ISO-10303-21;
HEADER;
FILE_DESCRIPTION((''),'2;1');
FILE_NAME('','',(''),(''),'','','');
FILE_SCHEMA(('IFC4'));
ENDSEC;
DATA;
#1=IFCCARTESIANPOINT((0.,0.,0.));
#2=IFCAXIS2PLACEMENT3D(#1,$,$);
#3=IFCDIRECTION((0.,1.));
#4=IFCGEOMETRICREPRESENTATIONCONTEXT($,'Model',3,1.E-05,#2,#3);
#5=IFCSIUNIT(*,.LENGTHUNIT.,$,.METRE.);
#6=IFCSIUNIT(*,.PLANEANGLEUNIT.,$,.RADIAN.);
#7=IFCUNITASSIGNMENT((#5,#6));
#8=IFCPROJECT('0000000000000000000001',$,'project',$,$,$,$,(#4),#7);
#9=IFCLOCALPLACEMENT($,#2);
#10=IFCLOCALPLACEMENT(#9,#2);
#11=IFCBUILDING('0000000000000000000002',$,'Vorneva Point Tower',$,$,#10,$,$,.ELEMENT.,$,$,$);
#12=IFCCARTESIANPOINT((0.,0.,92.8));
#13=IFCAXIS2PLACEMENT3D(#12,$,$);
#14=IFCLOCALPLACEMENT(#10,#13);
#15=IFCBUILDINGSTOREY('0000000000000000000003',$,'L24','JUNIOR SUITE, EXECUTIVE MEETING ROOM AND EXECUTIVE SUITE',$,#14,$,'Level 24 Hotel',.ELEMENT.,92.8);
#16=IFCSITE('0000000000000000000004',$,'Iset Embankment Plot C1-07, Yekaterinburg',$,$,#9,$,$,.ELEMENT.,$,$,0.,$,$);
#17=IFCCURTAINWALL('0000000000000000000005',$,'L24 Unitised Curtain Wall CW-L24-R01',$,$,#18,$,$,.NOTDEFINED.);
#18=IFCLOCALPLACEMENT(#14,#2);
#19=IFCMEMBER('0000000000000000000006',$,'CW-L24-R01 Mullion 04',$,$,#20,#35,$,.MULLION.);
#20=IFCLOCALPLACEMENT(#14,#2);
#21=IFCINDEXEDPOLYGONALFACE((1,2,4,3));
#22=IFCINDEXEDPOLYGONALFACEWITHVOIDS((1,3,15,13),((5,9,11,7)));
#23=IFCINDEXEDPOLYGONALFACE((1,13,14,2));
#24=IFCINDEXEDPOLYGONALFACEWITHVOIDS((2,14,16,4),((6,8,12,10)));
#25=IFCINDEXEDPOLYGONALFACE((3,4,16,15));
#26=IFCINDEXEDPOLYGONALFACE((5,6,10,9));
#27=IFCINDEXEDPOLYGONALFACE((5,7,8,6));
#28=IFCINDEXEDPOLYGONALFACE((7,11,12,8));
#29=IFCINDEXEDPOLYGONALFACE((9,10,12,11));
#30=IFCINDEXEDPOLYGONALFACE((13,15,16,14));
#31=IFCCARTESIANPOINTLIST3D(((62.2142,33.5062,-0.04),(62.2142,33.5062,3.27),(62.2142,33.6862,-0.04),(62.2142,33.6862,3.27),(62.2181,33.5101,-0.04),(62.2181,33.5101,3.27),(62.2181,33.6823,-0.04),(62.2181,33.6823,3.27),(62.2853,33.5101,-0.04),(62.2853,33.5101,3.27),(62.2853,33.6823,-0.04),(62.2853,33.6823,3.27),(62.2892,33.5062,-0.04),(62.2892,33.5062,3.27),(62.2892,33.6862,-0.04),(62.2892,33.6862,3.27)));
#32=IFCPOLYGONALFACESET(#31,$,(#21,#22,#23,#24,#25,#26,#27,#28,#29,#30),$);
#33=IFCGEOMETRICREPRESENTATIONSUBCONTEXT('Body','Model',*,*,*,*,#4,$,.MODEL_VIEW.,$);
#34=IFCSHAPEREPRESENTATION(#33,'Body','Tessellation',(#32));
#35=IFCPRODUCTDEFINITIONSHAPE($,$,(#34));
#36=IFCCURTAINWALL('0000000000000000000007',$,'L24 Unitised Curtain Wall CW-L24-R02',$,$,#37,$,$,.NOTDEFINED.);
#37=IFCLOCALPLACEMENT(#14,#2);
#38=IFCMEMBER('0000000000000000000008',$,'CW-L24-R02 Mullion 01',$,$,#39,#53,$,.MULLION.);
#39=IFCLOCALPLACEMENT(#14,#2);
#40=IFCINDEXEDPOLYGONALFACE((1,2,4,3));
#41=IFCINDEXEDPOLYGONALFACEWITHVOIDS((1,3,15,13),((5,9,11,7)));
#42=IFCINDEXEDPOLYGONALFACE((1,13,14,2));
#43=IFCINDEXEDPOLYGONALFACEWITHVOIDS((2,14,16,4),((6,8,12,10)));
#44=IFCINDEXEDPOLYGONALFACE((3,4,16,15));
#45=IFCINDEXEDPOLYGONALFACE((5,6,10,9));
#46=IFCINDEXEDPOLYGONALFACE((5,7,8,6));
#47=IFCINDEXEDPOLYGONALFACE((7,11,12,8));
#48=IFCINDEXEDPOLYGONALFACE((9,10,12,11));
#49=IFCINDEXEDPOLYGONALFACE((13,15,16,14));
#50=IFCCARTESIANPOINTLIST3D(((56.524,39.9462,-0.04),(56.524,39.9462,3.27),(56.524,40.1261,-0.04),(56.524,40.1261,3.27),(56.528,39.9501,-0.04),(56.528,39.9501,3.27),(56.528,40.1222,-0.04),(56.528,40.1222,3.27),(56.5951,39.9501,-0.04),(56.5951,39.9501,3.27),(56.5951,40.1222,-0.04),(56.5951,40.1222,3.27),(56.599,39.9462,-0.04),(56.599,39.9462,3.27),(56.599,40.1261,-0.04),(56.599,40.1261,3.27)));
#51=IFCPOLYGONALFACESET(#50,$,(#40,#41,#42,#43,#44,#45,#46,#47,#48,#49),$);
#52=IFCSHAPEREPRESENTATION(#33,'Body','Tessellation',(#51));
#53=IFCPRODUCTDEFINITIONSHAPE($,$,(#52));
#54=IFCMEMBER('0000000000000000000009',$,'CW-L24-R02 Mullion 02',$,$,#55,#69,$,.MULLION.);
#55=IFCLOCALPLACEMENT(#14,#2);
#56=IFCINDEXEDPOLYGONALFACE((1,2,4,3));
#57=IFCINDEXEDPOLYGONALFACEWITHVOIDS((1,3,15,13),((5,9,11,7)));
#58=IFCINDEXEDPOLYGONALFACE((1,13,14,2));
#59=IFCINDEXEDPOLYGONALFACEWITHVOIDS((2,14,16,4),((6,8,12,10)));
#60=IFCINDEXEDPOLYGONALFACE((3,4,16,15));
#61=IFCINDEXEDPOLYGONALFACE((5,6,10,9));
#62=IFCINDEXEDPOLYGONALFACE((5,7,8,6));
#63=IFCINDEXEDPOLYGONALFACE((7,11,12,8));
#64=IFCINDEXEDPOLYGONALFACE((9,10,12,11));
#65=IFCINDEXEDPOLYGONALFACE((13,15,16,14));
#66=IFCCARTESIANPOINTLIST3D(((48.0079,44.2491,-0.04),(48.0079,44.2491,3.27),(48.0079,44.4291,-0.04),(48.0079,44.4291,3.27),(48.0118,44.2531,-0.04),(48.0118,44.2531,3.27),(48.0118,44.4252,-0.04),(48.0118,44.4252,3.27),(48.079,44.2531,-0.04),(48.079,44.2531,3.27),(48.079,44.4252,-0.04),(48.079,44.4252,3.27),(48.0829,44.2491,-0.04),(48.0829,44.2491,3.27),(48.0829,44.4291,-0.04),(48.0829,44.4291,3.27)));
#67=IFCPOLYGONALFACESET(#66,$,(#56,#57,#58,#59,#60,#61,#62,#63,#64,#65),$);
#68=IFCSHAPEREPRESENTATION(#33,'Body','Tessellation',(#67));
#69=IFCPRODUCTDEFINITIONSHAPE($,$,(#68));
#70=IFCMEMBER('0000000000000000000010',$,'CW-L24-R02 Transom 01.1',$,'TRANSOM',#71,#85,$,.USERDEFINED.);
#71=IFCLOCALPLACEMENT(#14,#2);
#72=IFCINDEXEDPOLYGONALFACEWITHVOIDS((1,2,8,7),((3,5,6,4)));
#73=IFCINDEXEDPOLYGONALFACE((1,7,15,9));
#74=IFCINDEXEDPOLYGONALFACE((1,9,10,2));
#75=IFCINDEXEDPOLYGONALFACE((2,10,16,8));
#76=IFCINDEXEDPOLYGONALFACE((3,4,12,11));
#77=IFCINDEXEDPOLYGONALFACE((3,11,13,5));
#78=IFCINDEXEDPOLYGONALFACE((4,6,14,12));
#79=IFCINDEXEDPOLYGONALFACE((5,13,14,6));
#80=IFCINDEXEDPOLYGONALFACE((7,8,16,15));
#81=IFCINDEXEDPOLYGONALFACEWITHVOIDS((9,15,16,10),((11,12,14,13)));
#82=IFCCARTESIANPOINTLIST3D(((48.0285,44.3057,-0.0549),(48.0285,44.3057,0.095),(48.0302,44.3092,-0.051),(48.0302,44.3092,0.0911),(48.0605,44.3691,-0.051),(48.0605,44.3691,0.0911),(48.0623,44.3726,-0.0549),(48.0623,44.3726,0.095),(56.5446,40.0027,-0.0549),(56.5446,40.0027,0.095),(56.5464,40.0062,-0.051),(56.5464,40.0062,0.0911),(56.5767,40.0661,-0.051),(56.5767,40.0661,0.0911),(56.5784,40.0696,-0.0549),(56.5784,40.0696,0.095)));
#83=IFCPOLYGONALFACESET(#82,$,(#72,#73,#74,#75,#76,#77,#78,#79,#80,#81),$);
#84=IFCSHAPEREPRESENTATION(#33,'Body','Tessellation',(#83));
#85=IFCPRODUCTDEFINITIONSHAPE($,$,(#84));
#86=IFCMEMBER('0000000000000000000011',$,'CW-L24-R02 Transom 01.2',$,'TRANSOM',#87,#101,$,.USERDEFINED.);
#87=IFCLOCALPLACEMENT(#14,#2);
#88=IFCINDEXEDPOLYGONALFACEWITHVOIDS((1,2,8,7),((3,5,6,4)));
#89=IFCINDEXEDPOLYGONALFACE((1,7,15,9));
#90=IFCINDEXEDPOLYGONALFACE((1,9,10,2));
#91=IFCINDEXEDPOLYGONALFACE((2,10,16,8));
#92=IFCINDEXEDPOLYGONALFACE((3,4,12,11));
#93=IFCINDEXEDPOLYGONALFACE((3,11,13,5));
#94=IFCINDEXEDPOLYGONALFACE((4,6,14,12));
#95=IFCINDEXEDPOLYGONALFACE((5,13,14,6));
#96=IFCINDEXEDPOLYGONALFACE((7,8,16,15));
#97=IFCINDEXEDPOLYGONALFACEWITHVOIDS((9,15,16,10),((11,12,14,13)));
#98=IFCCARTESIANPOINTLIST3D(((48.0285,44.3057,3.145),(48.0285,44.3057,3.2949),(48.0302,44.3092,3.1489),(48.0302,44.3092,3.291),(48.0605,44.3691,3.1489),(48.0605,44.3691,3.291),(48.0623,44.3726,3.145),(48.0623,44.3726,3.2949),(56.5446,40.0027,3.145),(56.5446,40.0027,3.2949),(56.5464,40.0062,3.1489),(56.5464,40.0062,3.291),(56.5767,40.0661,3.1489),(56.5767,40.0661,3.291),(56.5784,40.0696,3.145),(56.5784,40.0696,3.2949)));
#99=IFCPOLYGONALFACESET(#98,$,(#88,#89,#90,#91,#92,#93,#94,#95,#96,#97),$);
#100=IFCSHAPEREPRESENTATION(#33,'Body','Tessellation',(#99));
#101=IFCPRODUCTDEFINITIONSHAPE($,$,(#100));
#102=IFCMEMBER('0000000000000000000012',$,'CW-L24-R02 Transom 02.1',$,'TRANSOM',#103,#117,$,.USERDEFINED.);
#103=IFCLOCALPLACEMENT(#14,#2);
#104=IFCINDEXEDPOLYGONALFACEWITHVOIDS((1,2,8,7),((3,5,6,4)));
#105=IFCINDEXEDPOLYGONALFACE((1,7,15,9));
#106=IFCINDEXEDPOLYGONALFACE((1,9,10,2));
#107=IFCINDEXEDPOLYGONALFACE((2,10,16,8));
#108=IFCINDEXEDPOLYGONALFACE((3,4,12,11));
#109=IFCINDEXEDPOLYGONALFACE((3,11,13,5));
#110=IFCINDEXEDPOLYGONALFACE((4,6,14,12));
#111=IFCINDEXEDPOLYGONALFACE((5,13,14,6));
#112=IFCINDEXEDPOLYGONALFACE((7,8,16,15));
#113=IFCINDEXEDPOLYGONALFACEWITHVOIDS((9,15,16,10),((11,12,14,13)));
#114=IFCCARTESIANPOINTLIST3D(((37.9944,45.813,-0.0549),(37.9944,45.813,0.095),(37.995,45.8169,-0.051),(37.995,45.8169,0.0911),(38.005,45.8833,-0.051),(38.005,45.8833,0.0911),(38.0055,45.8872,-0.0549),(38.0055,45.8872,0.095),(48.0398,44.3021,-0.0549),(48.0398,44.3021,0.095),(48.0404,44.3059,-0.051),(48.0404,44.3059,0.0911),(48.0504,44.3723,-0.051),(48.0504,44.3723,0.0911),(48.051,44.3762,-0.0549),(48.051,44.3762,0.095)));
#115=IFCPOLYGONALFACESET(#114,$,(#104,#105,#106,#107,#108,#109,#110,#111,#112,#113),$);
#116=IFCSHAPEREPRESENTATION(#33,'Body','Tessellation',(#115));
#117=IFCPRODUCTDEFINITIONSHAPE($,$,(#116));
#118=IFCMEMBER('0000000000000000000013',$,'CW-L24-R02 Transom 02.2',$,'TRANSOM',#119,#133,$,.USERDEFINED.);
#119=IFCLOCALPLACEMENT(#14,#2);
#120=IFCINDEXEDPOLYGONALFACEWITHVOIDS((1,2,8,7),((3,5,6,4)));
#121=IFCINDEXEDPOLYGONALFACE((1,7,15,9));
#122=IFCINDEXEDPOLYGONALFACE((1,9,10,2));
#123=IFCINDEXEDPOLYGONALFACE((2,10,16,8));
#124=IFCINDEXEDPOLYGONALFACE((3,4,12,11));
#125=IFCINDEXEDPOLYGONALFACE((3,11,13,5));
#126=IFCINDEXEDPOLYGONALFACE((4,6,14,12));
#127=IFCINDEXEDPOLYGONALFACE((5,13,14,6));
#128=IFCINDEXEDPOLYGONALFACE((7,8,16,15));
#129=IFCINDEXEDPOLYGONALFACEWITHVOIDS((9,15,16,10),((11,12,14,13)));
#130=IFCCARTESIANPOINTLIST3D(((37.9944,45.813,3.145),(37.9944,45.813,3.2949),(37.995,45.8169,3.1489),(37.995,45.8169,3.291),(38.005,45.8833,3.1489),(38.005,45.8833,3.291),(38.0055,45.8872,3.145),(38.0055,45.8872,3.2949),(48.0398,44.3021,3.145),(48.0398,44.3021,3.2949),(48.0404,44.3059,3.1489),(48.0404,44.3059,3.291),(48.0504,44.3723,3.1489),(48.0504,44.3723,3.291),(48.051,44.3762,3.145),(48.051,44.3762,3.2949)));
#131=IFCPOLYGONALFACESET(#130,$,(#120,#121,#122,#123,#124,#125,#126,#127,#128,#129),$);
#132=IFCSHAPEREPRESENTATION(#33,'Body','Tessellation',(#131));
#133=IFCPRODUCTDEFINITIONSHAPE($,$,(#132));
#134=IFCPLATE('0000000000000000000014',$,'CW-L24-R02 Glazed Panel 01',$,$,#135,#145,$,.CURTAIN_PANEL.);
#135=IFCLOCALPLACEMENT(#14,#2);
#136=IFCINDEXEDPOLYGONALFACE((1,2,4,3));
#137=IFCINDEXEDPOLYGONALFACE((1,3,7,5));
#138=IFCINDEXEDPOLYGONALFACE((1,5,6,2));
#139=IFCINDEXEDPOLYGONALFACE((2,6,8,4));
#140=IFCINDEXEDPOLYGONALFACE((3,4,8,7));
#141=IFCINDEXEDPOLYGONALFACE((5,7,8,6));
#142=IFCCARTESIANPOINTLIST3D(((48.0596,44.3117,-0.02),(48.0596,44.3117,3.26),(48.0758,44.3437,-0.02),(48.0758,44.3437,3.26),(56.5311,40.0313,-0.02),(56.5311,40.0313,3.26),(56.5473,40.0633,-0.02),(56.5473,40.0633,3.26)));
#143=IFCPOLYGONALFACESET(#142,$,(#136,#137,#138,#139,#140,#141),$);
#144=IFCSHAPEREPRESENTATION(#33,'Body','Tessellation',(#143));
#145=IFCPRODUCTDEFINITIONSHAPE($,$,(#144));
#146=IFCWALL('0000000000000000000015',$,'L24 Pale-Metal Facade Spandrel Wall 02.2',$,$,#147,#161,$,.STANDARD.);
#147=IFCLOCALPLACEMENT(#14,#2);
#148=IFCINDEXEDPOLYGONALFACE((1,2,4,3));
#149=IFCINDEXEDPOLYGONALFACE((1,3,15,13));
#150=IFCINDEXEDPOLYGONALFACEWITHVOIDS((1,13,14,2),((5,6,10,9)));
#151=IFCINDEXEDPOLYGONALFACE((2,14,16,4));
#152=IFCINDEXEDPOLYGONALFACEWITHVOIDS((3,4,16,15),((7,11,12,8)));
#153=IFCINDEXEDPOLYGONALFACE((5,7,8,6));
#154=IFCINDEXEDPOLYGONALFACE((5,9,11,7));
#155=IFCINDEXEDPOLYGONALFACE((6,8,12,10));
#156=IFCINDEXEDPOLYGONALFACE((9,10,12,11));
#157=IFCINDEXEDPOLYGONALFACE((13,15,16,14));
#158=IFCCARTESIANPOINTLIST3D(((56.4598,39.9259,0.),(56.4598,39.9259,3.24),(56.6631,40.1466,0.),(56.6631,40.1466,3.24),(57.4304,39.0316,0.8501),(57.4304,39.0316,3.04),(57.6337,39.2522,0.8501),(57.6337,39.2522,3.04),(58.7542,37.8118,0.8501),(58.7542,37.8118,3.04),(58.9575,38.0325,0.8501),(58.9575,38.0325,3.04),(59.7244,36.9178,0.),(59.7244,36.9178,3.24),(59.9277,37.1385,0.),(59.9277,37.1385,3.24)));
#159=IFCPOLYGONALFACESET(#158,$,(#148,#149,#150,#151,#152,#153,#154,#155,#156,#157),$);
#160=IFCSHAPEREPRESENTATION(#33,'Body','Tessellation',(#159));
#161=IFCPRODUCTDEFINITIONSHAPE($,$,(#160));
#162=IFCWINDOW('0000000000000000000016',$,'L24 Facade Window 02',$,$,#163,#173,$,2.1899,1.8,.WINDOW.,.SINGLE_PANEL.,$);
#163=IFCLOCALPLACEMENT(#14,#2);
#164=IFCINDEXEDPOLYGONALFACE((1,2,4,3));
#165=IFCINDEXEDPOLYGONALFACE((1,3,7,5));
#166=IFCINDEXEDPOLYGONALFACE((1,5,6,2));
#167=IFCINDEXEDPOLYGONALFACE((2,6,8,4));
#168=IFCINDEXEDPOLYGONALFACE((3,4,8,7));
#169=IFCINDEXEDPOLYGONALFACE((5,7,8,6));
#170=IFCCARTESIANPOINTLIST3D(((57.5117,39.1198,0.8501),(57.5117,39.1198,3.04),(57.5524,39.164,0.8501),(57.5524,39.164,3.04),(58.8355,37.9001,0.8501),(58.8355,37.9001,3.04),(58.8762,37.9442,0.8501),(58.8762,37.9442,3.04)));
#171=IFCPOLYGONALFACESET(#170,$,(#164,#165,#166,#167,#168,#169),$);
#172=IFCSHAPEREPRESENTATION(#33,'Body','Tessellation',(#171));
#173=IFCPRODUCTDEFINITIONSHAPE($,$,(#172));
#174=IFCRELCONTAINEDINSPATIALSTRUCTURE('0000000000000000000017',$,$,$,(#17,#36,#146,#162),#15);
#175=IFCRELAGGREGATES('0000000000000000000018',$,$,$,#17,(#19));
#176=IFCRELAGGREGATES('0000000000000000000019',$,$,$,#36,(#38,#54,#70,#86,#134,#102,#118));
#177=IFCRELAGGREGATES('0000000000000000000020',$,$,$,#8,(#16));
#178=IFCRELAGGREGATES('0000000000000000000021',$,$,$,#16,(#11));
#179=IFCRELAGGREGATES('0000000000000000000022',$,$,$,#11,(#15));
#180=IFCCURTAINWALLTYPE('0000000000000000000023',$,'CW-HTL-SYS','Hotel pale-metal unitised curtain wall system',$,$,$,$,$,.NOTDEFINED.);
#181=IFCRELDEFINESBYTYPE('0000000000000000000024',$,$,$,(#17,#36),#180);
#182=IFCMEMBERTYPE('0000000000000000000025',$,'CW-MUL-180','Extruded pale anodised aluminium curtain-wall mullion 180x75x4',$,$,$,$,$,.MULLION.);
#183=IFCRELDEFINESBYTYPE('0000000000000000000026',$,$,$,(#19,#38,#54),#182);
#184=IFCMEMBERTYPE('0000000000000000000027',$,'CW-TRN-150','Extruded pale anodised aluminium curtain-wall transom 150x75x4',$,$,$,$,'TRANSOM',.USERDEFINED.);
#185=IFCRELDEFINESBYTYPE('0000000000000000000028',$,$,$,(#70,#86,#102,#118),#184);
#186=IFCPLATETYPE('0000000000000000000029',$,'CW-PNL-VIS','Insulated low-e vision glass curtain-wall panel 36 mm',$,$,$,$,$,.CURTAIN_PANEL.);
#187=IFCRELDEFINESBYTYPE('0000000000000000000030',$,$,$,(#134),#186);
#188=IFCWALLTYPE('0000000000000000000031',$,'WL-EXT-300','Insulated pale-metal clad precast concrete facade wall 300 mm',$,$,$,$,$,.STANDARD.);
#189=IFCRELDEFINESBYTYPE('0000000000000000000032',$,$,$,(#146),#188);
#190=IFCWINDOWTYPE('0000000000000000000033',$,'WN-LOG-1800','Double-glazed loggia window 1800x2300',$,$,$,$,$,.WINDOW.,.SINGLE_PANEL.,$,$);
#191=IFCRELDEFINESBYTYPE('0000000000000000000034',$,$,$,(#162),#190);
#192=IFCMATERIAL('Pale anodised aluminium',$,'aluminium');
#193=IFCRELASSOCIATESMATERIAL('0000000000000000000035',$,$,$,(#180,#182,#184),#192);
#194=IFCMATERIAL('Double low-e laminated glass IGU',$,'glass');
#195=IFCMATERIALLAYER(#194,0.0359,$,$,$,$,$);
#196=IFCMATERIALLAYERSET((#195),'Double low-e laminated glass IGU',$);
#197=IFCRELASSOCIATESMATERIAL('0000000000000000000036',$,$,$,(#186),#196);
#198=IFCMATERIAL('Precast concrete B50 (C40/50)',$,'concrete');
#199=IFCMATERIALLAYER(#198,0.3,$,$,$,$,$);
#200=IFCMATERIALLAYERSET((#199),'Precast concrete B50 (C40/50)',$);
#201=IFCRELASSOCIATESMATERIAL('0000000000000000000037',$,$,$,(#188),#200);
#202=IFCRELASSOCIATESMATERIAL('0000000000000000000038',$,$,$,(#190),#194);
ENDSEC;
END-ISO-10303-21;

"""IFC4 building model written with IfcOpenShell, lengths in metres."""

from ifc_helpers import new_model, si_unit, direction, frame, frame_2d, origin, origin_2d, place, context, subcontext, project, spatial, rectangle, hollow_rectangle, extrude, material, layer, layer_set, material_profile, profile_set, type_object, element, fill, aggregate, save


model = new_model("IFC4")

# Units and contexts
model_context = context("Model", 3, precision=1e-05, world=origin(), true_north=direction((0.0, 1.0)))
body_context = subcontext(model_context, "Body", "Model", "MODEL_VIEW")
ifc_project = project(units=[si_unit("LENGTHUNIT", "METRE"), si_unit("PLANEANGLEUNIT", "RADIAN")], contexts=[model_context])

# Site, building, storey
site_placement = place(None, origin())
site = spatial("IfcSite", under=ifc_project, at=site_placement, Name="Iset Embankment Plot C1-07, Yekaterinburg", CompositionType="ELEMENT", RefElevation=0.0)
building_placement = place(site_placement, origin())
building = spatial("IfcBuilding", under=site, at=building_placement, Name="Vorneva Point Tower", CompositionType="ELEMENT")
storey_placement = place(building_placement, frame((0.0, 0.0, 92.8)))
storey = spatial("IfcBuildingStorey", under=building, at=storey_placement, Name="L24", Description="JUNIOR SUITE, EXECUTIVE MEETING ROOM AND EXECUTIVE SUITE", LongName="Level 24 Hotel", CompositionType="ELEMENT", Elevation=92.8)

# Curtain wall, member
ifc_material_1 = material(Name="Pale anodised aluminium", Category="aluminium")
curtain_wall_type = type_object("IfcCurtainWallType", Name="CW-HTL-SYS", Description="Hotel pale-metal unitised curtain wall system", PredefinedType="NOTDEFINED", material=ifc_material_1)
curtain_wall_1_placement = place(storey_placement, origin())
curtain_wall_1 = element("IfcCurtainWall", 1, at=curtain_wall_1_placement, inside=storey, type_object=curtain_wall_type, Name="L24 Unitised Curtain Wall CW-L24-R01", PredefinedType="NOTDEFINED")
ifc_material_profile_1 = material_profile(ifc_material_1, hollow_rectangle(XDim=0.075, YDim=0.1799, WallThickness=0.0039, at=origin_2d()), Name="AL-MUL 180x75x4")
ifc_profile_set_1 = profile_set([ifc_material_profile_1], Name="Pale anodised aluminium")
member_type_1 = type_object("IfcMemberType", Name="CW-MUL-180", Description="Extruded pale anodised aluminium curtain-wall mullion 180x75x4", PredefinedType="MULLION", material=ifc_profile_set_1)
member_1_placement = place(storey_placement, frame((62.2517, 33.5962, -0.04), z_axis=(0.0, 0.0, 1.0), x_axis=(1.0, 0.0, 0.0)))
member_1 = element("IfcMember", 2, at=member_1_placement, type_object=member_type_1, Name="CW-L24-R01 Mullion 04", PredefinedType="MULLION", context=body_context, shape_type="SweptSolid", body=[
    extrude(hollow_rectangle(XDim=0.075, YDim=0.1799, WallThickness=0.0039, at=origin_2d()), origin(), (0.0, 0.0, 1.0), 3.3101),
])
aggregate(curtain_wall_1, [member_1])

# Curtain wall, members, plate
curtain_wall_2_placement = place(storey_placement, origin())
curtain_wall_2 = element("IfcCurtainWall", 3, at=curtain_wall_2_placement, inside=storey, type_object=curtain_wall_type, Name="L24 Unitised Curtain Wall CW-L24-R02", PredefinedType="NOTDEFINED")
member_2_placement = place(storey_placement, frame((56.5615, 40.0361, -0.04), z_axis=(0.0, 0.0, 1.0), x_axis=(1.0, 0.0, 0.0)))
member_2 = element("IfcMember", 4, at=member_2_placement, type_object=member_type_1, Name="CW-L24-R02 Mullion 01", PredefinedType="MULLION", context=body_context, shape_type="SweptSolid", body=[
    extrude(hollow_rectangle(XDim=0.075, YDim=0.1799, WallThickness=0.0039, at=origin_2d()), origin(), (0.0, 0.0, 1.0), 3.3101),
])
member_3_placement = place(storey_placement, frame((48.0454, 44.3391, -0.04), z_axis=(0.0, 0.0, 1.0), x_axis=(1.0, 0.0, 0.0)))
member_3 = element("IfcMember", 5, at=member_3_placement, type_object=member_type_1, Name="CW-L24-R02 Mullion 02", PredefinedType="MULLION", context=body_context, shape_type="SweptSolid", body=[
    extrude(hollow_rectangle(XDim=0.075, YDim=0.1799, WallThickness=0.0039, at=origin_2d()), origin(), (0.0, 0.0, 1.0), 3.3101),
])
ifc_material_profile_2 = material_profile(ifc_material_1, hollow_rectangle(XDim=0.075, YDim=0.1499, WallThickness=0.0039, at=origin_2d()), Name="AL-TRN 150x75x4")
ifc_profile_set_2 = profile_set([ifc_material_profile_2], Name="Pale anodised aluminium")
member_type_2 = type_object("IfcMemberType", Name="CW-TRN-150", Description="Extruded pale anodised aluminium curtain-wall transom 150x75x4", ElementType="TRANSOM", PredefinedType="USERDEFINED", material=ifc_profile_set_2)
member_4_placement = place(storey_placement, frame((56.5615, 40.0361, 0.02), z_axis=(-0.892536, 0.450976, 0.0), x_axis=(-0.450976, -0.892536, 0.0)))
member_4 = element("IfcMember", 6, at=member_4_placement, type_object=member_type_2, Name="CW-L24-R02 Transom 01.1", ObjectType="TRANSOM", PredefinedType="USERDEFINED", context=body_context, shape_type="SweptSolid", body=[
    extrude(hollow_rectangle(XDim=0.075, YDim=0.1499, WallThickness=0.0039, at=origin_2d()), origin(), (0.0, 0.0, 1.0), 9.5415),
])
member_5_placement = place(storey_placement, frame((56.5615, 40.0361, 3.22), z_axis=(-0.892536, 0.450976, 0.0), x_axis=(-0.450976, -0.892536, 0.0)))
member_5 = element("IfcMember", 7, at=member_5_placement, type_object=member_type_2, Name="CW-L24-R02 Transom 01.2", ObjectType="TRANSOM", PredefinedType="USERDEFINED", context=body_context, shape_type="SweptSolid", body=[
    extrude(hollow_rectangle(XDim=0.075, YDim=0.1499, WallThickness=0.0039, at=origin_2d()), origin(), (0.0, 0.0, 1.0), 9.5415),
])
member_6_placement = place(storey_placement, frame((48.0454, 44.3391, 0.02), z_axis=(-0.988876, 0.148742, 0.0), x_axis=(-0.148742, -0.988876, 0.0)))
member_6 = element("IfcMember", 8, at=member_6_placement, type_object=member_type_2, Name="CW-L24-R02 Transom 02.1", ObjectType="TRANSOM", PredefinedType="USERDEFINED", context=body_context, shape_type="SweptSolid", body=[
    extrude(hollow_rectangle(XDim=0.075, YDim=0.1499, WallThickness=0.0039, at=origin_2d()), origin(), (0.0, 0.0, 1.0), 10.1584),
])
member_7_placement = place(storey_placement, frame((48.0454, 44.3391, 3.22), z_axis=(-0.988876, 0.148742, 0.0), x_axis=(-0.148742, -0.988876, 0.0)))
member_7 = element("IfcMember", 9, at=member_7_placement, type_object=member_type_2, Name="CW-L24-R02 Transom 02.2", ObjectType="TRANSOM", PredefinedType="USERDEFINED", context=body_context, shape_type="SweptSolid", body=[
    extrude(hollow_rectangle(XDim=0.075, YDim=0.1499, WallThickness=0.0039, at=origin_2d()), origin(), (0.0, 0.0, 1.0), 10.1584),
])
ifc_material_2 = material(Name="Double low-e laminated glass IGU", Category="glass")
ifc_layer_1 = layer(ifc_material_2, 0.0359)
ifc_layer_set_1 = layer_set([ifc_layer_1], Name="Double low-e laminated glass IGU")
plate_type = type_object("IfcPlateType", Name="CW-PNL-VIS", Description="Insulated low-e vision glass curtain-wall panel 36 mm", PredefinedType="CURTAIN_PANEL", material=ifc_layer_set_1)
plate_placement = place(storey_placement, frame((52.3035, 42.1875, -0.02), z_axis=(0.0, 0.0, 1.0), x_axis=(-0.892539, 0.450971, 0.0)))
plate = element("IfcPlate", 10, at=plate_placement, type_object=plate_type, Name="CW-L24-R02 Glazed Panel 01", PredefinedType="CURTAIN_PANEL", context=body_context, shape_type="SweptSolid", body=[
    extrude(rectangle(XDim=9.4915, YDim=0.0359, at=origin_2d()), origin(), (0.0, 0.0, 1.0), 3.28),
])
aggregate(curtain_wall_2, [member_2, member_3, member_4, member_5, plate, member_6, member_7])

# Wall, opening, window
ifc_material_3 = material(Name="Precast concrete B50 (C40/50)", Category="concrete")
ifc_layer_2 = layer(ifc_material_3, 0.3)
ifc_layer_set_2 = layer_set([ifc_layer_2], Name="Precast concrete B50 (C40/50)")
wall_type_1 = type_object("IfcWallType", Name="WL-EXT-300", Description="Insulated pale-metal clad precast concrete facade wall 300 mm", PredefinedType="STANDARD", material=ifc_layer_set_2)
wall_1_placement = place(storey_placement, frame((59.8262, 37.0281, 0.0), z_axis=(0.0, 0.0, 1.0), x_axis=(-0.735417, 0.677615, 0.0)))
wall_1 = element("IfcWall", 11, at=wall_1_placement, inside=storey, type_object=wall_type_1, Name="L24 Pale-Metal Facade Spandrel Wall 02.2", PredefinedType="STANDARD", context=body_context, shape_type="SweptSolid", body=[
    extrude(rectangle(XDim=4.4392, YDim=0.3, at=frame_2d((2.2197, 0.0))), origin(), (0.0, 0.0, 1.0), 3.24),
])
opening_1_placement = place(wall_1_placement, frame((1.3196, 0.0, 0.8501)))
opening_1 = element("IfcOpeningElement", 12, at=opening_1_placement, cuts=wall_1, PredefinedType="OPENING", context=body_context, shape_type="SweptSolid", body=[
    extrude(rectangle(XDim=1.8, YDim=2.1899, at=frame_2d((0.8999, 1.095))), frame((0.0, 0.165, 0.0), z_axis=(0.0, -1.0, 0.0), x_axis=(1.0, 0.0, 0.0)), (0.0, 0.0, 1.0), 0.3298),
])
window_type = type_object("IfcWindowType", Name="WN-LOG-1800", Description="Double-glazed loggia window 1800x2300", PartitioningType="SINGLE_PANEL", PredefinedType="WINDOW", material=ifc_material_2)
window_placement = place(opening_1_placement, origin())
window = element("IfcWindow", 13, at=window_placement, inside=storey, type_object=window_type, Name="L24 Facade Window 02", OverallHeight=2.1899, OverallWidth=1.8, PartitioningType="SINGLE_PANEL", PredefinedType="WINDOW", context=body_context, shape_type="SweptSolid", body=[
    extrude(rectangle(XDim=1.8, YDim=2.1899, at=frame_2d((0.8999, 1.095))), frame((0.0, 0.03, 0.0), z_axis=(0.0, -1.0, 0.0), x_axis=(1.0, 0.0, 0.0)), (0.0, 0.0, 1.0), 0.0601),
])
fill(opening_1, window)

save(model, "model.ifc")
